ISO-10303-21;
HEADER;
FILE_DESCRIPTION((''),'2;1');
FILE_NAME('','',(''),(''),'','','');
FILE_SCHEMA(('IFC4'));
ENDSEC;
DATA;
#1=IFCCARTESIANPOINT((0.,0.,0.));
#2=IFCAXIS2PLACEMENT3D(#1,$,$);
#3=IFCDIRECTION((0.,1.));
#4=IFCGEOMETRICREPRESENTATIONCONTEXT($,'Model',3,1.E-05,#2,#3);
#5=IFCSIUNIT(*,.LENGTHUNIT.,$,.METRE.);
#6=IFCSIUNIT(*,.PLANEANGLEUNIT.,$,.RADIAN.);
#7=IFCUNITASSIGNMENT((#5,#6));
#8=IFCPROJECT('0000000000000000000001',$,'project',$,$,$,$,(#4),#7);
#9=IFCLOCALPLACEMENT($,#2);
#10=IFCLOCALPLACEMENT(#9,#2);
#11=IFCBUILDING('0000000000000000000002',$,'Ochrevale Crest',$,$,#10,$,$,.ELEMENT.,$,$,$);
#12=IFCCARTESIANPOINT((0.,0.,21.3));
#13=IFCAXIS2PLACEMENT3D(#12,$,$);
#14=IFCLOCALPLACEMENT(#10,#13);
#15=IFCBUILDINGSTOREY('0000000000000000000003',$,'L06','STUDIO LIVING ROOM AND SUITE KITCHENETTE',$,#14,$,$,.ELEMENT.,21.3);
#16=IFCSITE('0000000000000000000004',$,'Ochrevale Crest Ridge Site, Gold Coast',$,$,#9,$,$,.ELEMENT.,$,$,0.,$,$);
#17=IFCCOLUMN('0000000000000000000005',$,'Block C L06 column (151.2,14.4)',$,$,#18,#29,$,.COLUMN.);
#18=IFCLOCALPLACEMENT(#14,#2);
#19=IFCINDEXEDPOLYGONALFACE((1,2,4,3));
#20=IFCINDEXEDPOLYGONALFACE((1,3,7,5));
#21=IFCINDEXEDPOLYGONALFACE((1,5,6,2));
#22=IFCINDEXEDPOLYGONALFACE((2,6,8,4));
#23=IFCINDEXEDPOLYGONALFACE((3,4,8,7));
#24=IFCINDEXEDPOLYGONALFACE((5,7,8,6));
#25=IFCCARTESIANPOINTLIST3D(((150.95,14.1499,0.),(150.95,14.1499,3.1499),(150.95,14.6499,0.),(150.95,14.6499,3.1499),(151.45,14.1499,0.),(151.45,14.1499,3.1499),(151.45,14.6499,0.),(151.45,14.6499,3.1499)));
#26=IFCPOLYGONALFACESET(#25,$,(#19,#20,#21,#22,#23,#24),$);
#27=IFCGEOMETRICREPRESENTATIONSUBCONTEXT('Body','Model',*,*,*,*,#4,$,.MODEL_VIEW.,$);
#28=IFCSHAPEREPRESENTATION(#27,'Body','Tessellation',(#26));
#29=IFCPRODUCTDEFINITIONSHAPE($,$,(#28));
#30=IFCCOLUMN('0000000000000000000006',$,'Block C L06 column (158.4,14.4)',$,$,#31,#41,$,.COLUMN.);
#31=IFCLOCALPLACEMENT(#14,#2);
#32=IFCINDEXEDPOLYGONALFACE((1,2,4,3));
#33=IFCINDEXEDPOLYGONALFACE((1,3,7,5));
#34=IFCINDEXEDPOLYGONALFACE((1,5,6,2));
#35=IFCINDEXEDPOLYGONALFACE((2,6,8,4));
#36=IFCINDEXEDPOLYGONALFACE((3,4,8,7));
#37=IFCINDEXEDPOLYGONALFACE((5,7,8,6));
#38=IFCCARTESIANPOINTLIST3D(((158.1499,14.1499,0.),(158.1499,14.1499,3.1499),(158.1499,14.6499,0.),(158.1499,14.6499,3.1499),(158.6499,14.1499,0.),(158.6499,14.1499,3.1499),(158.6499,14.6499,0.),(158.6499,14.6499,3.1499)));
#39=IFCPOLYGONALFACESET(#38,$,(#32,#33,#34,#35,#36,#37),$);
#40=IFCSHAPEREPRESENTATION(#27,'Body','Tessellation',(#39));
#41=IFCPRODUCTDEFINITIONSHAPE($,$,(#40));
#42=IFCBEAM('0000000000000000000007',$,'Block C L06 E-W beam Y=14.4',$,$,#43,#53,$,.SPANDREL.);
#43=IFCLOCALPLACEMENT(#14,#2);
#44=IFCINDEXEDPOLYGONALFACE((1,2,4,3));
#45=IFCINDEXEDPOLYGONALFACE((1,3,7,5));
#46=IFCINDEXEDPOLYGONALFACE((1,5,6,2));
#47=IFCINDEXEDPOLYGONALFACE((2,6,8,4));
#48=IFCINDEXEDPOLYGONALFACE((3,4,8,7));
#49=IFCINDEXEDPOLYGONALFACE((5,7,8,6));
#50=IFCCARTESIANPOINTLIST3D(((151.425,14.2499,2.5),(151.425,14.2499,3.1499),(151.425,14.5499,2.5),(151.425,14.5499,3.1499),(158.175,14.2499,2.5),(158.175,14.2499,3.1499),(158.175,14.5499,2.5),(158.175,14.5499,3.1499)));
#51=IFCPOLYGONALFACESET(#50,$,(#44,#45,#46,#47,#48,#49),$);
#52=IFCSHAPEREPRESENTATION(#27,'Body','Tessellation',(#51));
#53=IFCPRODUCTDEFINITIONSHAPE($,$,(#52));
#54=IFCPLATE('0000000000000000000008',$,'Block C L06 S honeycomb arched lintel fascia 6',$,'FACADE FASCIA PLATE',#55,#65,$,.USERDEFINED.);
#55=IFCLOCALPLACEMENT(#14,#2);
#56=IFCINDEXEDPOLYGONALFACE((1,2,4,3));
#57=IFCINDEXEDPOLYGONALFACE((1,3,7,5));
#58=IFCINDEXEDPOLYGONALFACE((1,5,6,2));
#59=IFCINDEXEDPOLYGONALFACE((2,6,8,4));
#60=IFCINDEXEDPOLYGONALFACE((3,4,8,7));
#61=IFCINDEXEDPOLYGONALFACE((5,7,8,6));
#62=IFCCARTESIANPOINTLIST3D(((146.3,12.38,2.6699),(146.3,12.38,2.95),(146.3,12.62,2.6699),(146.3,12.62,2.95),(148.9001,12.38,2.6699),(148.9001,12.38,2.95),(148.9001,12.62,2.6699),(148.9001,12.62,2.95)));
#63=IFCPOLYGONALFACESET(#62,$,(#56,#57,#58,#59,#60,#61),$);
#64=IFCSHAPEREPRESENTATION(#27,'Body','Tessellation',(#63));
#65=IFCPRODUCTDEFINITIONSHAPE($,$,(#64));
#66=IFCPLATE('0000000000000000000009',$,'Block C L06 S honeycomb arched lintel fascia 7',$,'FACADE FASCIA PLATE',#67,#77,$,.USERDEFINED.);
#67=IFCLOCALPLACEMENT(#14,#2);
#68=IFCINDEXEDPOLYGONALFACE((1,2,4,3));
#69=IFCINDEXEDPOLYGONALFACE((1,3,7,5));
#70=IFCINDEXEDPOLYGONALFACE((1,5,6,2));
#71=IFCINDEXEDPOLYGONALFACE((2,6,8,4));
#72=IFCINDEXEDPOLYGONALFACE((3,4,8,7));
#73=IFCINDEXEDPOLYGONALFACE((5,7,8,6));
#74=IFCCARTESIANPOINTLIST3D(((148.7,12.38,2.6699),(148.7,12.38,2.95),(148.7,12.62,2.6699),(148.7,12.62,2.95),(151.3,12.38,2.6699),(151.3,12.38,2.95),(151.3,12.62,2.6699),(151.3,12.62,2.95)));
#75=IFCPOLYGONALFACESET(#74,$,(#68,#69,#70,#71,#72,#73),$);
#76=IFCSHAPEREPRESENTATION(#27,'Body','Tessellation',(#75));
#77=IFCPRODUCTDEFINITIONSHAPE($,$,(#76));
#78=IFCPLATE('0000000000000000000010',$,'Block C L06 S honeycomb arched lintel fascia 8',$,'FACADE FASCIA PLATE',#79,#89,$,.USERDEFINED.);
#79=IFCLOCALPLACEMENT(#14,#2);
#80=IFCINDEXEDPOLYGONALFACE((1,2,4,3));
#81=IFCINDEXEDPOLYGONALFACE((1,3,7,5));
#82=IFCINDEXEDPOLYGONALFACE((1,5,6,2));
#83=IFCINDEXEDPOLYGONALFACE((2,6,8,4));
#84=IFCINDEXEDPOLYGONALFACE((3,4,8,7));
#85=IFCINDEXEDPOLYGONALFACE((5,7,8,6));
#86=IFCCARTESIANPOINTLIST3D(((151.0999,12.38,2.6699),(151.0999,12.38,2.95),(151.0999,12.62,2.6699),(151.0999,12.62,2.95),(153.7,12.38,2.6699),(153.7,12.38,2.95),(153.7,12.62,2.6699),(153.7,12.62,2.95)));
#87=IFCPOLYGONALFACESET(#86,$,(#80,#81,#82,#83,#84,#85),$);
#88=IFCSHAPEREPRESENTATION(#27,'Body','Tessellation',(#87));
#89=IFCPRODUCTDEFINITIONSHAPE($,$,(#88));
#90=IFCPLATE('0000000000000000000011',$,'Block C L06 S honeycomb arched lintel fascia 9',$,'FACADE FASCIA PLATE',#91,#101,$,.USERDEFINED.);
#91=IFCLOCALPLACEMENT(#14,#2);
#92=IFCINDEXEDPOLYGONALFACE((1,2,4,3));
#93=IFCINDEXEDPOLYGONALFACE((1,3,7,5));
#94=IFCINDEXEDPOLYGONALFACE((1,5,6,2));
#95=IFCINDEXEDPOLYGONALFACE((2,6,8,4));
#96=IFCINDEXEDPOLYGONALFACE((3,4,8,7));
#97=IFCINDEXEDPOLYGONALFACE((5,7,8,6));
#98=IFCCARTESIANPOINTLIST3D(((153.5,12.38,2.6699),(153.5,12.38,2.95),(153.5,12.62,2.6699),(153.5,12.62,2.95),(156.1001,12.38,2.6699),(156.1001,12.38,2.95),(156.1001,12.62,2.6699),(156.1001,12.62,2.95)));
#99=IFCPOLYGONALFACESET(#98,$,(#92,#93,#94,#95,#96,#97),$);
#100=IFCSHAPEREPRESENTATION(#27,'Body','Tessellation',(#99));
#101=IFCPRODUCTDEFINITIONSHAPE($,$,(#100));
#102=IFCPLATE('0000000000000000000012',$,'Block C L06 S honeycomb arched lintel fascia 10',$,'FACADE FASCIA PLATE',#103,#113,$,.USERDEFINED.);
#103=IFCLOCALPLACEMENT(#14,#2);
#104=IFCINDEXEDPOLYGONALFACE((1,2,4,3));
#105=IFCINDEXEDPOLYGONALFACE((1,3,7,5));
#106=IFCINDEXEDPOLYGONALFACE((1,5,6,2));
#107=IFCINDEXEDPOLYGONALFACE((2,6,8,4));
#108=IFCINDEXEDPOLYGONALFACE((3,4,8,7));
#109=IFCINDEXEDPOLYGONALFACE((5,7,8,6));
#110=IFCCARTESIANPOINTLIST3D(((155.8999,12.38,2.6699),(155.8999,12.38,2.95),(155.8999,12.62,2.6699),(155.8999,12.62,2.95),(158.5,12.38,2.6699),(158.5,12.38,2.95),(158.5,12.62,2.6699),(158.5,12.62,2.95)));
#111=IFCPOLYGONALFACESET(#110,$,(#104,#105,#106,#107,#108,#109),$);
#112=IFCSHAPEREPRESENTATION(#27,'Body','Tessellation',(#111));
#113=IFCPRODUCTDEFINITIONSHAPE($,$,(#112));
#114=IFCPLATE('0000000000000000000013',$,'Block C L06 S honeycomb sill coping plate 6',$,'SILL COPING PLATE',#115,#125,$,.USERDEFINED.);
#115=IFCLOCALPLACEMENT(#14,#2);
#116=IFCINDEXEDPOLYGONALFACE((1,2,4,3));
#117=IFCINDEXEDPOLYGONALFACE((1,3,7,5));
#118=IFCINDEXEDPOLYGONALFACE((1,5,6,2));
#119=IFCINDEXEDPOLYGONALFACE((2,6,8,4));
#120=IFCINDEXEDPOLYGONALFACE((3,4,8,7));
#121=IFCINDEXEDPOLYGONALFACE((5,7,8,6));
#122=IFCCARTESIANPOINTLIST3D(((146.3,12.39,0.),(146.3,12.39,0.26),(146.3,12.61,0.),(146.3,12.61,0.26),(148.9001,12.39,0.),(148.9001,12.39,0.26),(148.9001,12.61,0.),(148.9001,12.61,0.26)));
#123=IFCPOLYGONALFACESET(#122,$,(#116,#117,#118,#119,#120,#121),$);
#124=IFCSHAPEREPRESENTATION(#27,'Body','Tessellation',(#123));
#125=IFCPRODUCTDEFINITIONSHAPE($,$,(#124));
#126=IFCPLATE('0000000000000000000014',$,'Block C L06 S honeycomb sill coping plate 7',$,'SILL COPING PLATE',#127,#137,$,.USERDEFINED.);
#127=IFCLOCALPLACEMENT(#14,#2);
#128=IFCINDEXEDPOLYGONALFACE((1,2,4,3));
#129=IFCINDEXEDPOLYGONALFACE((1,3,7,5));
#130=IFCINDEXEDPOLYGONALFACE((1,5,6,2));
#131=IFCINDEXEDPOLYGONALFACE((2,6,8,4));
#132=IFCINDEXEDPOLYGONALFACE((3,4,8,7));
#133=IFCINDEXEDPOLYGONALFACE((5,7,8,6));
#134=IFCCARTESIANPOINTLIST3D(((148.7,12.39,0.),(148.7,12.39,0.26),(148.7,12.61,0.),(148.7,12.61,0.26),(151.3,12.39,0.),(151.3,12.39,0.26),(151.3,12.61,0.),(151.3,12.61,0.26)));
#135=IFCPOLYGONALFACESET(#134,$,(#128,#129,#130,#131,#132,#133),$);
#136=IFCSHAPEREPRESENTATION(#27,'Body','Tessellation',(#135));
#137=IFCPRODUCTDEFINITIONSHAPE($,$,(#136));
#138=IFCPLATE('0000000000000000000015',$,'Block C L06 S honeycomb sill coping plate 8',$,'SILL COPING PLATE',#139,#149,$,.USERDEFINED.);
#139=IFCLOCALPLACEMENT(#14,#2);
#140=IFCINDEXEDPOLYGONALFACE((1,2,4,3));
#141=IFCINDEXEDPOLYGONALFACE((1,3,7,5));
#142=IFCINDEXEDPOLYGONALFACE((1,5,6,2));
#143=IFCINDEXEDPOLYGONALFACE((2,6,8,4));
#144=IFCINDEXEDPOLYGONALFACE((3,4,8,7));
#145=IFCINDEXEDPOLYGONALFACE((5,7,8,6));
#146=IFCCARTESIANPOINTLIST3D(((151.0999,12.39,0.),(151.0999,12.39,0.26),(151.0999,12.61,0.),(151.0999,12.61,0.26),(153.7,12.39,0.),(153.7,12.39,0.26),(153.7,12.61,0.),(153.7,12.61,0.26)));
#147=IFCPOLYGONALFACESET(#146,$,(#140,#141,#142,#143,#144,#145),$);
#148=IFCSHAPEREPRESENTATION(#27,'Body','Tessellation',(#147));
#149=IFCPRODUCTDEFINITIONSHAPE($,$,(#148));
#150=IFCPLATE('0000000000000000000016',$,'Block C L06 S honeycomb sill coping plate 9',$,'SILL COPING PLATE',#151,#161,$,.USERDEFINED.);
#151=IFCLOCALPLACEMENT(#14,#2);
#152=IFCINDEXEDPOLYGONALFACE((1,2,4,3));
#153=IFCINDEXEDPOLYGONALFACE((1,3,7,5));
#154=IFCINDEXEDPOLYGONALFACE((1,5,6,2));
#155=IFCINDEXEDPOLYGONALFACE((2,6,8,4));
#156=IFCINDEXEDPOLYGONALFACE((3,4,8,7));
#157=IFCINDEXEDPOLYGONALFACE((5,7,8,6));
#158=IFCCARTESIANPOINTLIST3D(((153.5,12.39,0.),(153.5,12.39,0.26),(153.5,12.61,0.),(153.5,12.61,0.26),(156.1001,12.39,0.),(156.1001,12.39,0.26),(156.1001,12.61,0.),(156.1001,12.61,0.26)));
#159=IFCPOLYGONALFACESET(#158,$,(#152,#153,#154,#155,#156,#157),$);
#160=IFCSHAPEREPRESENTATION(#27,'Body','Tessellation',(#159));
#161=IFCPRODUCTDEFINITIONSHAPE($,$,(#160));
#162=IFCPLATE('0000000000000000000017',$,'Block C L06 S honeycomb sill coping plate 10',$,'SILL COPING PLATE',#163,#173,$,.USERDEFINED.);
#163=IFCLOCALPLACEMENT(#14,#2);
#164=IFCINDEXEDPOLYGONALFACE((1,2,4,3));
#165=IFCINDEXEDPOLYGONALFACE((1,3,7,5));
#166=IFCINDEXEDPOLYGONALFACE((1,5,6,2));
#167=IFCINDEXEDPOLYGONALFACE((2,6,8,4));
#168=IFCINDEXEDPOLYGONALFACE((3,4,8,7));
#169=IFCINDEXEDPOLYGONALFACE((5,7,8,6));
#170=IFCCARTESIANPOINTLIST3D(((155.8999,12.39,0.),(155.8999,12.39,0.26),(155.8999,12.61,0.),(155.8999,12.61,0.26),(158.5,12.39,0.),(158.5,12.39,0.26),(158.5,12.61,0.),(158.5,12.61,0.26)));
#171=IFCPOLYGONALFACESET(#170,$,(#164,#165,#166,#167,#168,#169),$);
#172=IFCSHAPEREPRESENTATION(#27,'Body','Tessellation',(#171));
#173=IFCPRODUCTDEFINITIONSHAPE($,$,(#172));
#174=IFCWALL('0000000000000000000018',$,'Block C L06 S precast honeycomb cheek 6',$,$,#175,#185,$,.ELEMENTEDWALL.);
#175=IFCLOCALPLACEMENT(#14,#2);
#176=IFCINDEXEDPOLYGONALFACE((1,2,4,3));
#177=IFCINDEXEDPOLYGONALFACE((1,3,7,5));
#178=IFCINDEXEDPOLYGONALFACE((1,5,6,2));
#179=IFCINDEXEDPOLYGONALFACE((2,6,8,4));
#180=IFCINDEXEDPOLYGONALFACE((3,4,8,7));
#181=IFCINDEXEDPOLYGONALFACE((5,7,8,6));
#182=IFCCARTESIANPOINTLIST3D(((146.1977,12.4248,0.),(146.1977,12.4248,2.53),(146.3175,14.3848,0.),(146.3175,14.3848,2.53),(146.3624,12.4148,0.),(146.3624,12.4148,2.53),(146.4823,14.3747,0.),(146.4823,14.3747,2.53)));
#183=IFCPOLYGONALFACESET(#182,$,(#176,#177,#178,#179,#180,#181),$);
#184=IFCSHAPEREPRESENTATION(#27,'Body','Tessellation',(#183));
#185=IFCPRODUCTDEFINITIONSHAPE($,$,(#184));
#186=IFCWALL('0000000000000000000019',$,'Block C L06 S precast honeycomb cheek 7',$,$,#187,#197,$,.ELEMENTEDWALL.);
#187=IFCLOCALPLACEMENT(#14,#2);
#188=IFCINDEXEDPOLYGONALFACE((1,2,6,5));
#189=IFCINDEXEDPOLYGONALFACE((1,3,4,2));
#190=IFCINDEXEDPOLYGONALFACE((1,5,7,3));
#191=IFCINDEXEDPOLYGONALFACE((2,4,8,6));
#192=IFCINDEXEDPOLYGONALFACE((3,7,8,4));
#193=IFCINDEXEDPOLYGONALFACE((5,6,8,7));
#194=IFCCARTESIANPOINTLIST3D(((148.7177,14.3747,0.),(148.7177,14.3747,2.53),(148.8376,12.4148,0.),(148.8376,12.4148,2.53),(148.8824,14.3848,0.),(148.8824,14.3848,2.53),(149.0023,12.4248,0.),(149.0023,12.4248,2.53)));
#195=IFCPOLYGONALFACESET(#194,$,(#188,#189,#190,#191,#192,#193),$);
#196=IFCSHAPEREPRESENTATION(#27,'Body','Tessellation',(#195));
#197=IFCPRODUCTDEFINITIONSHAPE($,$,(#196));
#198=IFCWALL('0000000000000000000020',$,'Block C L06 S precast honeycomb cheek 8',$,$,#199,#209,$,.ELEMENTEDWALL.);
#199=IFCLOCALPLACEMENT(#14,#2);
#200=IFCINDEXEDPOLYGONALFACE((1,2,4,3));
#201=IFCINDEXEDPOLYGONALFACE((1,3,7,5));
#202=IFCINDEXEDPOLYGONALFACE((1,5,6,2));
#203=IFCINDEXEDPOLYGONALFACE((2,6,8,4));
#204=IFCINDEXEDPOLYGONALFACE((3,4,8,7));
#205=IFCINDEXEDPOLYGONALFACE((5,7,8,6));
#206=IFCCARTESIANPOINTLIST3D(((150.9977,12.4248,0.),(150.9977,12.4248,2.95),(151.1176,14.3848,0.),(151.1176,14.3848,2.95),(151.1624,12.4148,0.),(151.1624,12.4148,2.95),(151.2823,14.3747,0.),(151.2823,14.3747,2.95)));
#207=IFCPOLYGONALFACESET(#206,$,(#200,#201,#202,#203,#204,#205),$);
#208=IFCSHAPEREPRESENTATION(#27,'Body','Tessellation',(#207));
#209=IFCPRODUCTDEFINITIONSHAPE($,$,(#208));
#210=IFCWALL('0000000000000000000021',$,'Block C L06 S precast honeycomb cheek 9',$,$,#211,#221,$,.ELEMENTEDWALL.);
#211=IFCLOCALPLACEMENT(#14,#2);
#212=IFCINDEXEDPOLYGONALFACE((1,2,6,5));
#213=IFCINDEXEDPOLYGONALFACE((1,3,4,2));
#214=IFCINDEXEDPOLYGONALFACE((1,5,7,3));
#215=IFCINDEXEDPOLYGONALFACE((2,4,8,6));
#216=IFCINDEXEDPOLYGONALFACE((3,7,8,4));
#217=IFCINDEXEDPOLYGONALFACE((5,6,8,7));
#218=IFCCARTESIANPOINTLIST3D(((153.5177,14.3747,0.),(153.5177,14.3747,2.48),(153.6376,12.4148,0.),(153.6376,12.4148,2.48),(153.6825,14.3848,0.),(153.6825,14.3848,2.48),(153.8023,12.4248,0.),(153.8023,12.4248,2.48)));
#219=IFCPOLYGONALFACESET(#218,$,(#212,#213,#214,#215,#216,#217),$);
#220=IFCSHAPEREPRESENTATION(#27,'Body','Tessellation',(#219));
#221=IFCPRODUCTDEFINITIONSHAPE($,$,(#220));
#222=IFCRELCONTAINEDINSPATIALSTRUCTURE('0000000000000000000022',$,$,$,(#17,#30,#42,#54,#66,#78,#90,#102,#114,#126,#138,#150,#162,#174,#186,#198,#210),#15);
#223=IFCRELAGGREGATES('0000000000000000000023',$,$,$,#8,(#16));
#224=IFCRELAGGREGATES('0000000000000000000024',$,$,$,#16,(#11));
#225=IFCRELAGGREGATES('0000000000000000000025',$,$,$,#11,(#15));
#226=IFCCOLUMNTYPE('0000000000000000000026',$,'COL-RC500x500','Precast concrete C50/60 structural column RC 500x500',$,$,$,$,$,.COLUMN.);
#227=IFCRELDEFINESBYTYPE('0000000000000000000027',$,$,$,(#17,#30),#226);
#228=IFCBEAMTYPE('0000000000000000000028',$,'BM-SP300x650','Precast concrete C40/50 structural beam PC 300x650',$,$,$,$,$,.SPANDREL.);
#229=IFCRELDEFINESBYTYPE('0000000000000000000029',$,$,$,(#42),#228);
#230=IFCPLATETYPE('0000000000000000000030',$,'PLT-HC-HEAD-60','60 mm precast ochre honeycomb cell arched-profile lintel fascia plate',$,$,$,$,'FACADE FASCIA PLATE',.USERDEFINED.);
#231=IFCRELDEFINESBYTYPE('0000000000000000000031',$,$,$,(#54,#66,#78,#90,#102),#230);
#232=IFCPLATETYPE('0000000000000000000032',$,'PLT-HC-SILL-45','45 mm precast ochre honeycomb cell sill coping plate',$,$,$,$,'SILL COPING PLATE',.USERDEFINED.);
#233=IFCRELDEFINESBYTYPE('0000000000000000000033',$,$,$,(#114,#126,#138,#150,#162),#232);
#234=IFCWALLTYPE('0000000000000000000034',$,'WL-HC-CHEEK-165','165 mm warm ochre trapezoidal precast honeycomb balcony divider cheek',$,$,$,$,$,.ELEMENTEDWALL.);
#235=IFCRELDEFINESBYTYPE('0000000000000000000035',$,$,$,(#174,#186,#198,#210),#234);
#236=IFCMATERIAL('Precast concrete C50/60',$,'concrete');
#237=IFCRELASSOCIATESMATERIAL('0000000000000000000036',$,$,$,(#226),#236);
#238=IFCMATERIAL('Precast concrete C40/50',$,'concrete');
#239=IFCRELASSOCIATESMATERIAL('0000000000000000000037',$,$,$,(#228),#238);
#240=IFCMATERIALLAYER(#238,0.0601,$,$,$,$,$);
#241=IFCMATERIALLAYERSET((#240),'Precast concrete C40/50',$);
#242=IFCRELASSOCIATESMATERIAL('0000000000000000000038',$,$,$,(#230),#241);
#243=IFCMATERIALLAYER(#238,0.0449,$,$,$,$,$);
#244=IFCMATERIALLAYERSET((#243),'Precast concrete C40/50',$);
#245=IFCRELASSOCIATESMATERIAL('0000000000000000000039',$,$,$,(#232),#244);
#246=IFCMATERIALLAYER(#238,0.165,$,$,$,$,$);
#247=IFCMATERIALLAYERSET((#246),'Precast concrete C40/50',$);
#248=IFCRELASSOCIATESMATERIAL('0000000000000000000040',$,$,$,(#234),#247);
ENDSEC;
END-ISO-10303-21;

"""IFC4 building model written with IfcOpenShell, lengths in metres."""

from ifc_helpers import new_model, si_unit, direction, frame, frame_2d, origin, origin_2d, place, context, subcontext, project, spatial, rectangle, extrude, material, layer, layer_set, material_profile, profile_set, type_object, element, save


model = new_model("IFC4")

# Units and contexts
model_context = context("Model", 3, precision=1e-05, world=origin(), true_north=direction((0.0, 1.0)))
body_context = subcontext(model_context, "Body", "Model", "MODEL_VIEW")
ifc_project = project(units=[si_unit("LENGTHUNIT", "METRE"), si_unit("PLANEANGLEUNIT", "RADIAN")], contexts=[model_context])

# Site, building, storey
site_placement = place(None, origin())
site = spatial("IfcSite", under=ifc_project, at=site_placement, Name="Ochrevale Crest Ridge Site, Gold Coast", CompositionType="ELEMENT", RefElevation=0.0)
building_placement = place(site_placement, origin())
building = spatial("IfcBuilding", under=site, at=building_placement, Name="Ochrevale Crest", CompositionType="ELEMENT")
storey_placement = place(building_placement, frame((0.0, 0.0, 21.3)))
storey = spatial("IfcBuildingStorey", under=building, at=storey_placement, Name="L06", Description="STUDIO LIVING ROOM AND SUITE KITCHENETTE", CompositionType="ELEMENT", Elevation=21.3)

# Columns
ifc_material_1 = material(Name="Precast concrete C50/60", Category="concrete")
ifc_material_profile_1 = material_profile(ifc_material_1, rectangle(XDim=0.5, YDim=0.5, at=origin_2d()), Name="RC 500x500")
ifc_profile_set_1 = profile_set([ifc_material_profile_1], Name="Precast concrete C50/60")
column_type = type_object("IfcColumnType", Name="COL-RC500x500", Description="Precast concrete C50/60 structural column RC 500x500", PredefinedType="COLUMN", material=ifc_profile_set_1)
for number, where, z_axis, x_axis, name in (
    (1, (151.2, 14.3999, 0.0), (0.0, 0.0, 1.0), (1.0, 0.0, 0.0), "Block C L06 column (151.2,14.4)"),
    (2, (158.3999, 14.3999, 0.0), (0.0, 0.0, 1.0), (1.0, 0.0, 0.0), "Block C L06 column (158.4,14.4)"),
):
    element("IfcColumn", number, at=place(storey_placement, frame(where, z_axis=z_axis, x_axis=x_axis)), inside=storey, type_object=column_type, Name=name, PredefinedType="COLUMN", context=body_context, shape_type="SweptSolid", body=[
        extrude(rectangle(XDim=0.5, YDim=0.5, at=origin_2d()), origin(), (0.0, 0.0, 1.0), 3.1499),
    ])

# Beam
ifc_material_2 = material(Name="Precast concrete C40/50", Category="concrete")
ifc_material_profile_2 = material_profile(ifc_material_2, rectangle(XDim=0.3, YDim=0.6499, at=origin_2d()), Name="PC 300x650")
ifc_profile_set_2 = profile_set([ifc_material_profile_2], Name="Precast concrete C40/50")
beam_type = type_object("IfcBeamType", Name="BM-SP300x650", Description="Precast concrete C40/50 structural beam PC 300x650", PredefinedType="SPANDREL", material=ifc_profile_set_2)
beam_placement = place(storey_placement, frame((151.425, 14.3999, 2.825), z_axis=(1.0, 0.0, 0.0), x_axis=(0.0, 1.0, 0.0)))
element("IfcBeam", 3, at=beam_placement, inside=storey, type_object=beam_type, Name="Block C L06 E-W beam Y=14.4", PredefinedType="SPANDREL", context=body_context, shape_type="SweptSolid", body=[
    extrude(rectangle(XDim=0.3, YDim=0.6499, at=origin_2d()), origin(), (0.0, 0.0, 1.0), 6.75),
])

# Plates
ifc_layer_1 = layer(ifc_material_2, 0.0601)
ifc_layer_set_1 = layer_set([ifc_layer_1], Name="Precast concrete C40/50")
plate_type_1 = type_object("IfcPlateType", Name="PLT-HC-HEAD-60", Description="60 mm precast ochre honeycomb cell arched-profile lintel fascia plate", ElementType="FACADE FASCIA PLATE", PredefinedType="USERDEFINED", material=ifc_layer_set_1)
for number, where, z_axis, x_axis, name in (
    (4, (147.6001, 12.5, 2.6699), (0.0, 0.0, 1.0), (1.0, 0.0, 0.0), "Block C L06 S honeycomb arched lintel fascia 6"),
    (5, (150.0, 12.5, 2.6699), (0.0, 0.0, 1.0), (1.0, 0.0, 0.0), "Block C L06 S honeycomb arched lintel fascia 7"),
    (6, (152.3999, 12.5, 2.6699), (0.0, 0.0, 1.0), (1.0, 0.0, 0.0), "Block C L06 S honeycomb arched lintel fascia 8"),
    (7, (154.8, 12.5, 2.6699), (0.0, 0.0, 1.0), (1.0, 0.0, 0.0), "Block C L06 S honeycomb arched lintel fascia 9"),
    (8, (157.2, 12.5, 2.6699), (0.0, 0.0, 1.0), (1.0, 0.0, 0.0), "Block C L06 S honeycomb arched lintel fascia 10"),
):
    element("IfcPlate", number, at=place(storey_placement, frame(where, z_axis=z_axis, x_axis=x_axis)), inside=storey, type_object=plate_type_1, Name=name, ObjectType="FACADE FASCIA PLATE", PredefinedType="USERDEFINED", context=body_context, shape_type="SweptSolid", body=[
        extrude(rectangle(XDim=2.6001, YDim=0.24, at=origin_2d()), origin(), (0.0, 0.0, 1.0), 0.28),
    ])
ifc_layer_2 = layer(ifc_material_2, 0.0449)
ifc_layer_set_2 = layer_set([ifc_layer_2], Name="Precast concrete C40/50")
plate_type_2 = type_object("IfcPlateType", Name="PLT-HC-SILL-45", Description="45 mm precast ochre honeycomb cell sill coping plate", ElementType="SILL COPING PLATE", PredefinedType="USERDEFINED", material=ifc_layer_set_2)
for number, where, z_axis, x_axis, name in (
    (9, (147.6001, 12.5, 0.0), (0.0, 0.0, 1.0), (1.0, 0.0, 0.0), "Block C L06 S honeycomb sill coping plate 6"),
    (10, (150.0, 12.5, 0.0), (0.0, 0.0, 1.0), (1.0, 0.0, 0.0), "Block C L06 S honeycomb sill coping plate 7"),
    (11, (152.3999, 12.5, 0.0), (0.0, 0.0, 1.0), (1.0, 0.0, 0.0), "Block C L06 S honeycomb sill coping plate 8"),
    (12, (154.8, 12.5, 0.0), (0.0, 0.0, 1.0), (1.0, 0.0, 0.0), "Block C L06 S honeycomb sill coping plate 9"),
    (13, (157.2, 12.5, 0.0), (0.0, 0.0, 1.0), (1.0, 0.0, 0.0), "Block C L06 S honeycomb sill coping plate 10"),
):
    element("IfcPlate", number, at=place(storey_placement, frame(where, z_axis=z_axis, x_axis=x_axis)), inside=storey, type_object=plate_type_2, Name=name, ObjectType="SILL COPING PLATE", PredefinedType="USERDEFINED", context=body_context, shape_type="SweptSolid", body=[
        extrude(rectangle(XDim=2.6001, YDim=0.22, at=origin_2d()), origin(), (0.0, 0.0, 1.0), 0.26),
    ])

# Walls
ifc_layer_3 = layer(ifc_material_2, 0.165)
ifc_layer_set_3 = layer_set([ifc_layer_3], Name="Precast concrete C40/50")
wall_type = type_object("IfcWallType", Name="WL-HC-CHEEK-165", Description="165 mm warm ochre trapezoidal precast honeycomb balcony divider cheek", PredefinedType="ELEMENTEDWALL", material=ifc_layer_set_3)
for number, where, z_axis, x_axis, name in (
    (14, (146.3999, 14.3799, 0.0), (0.0, 0.0, 1.0), (-0.061047, -0.998135, 0.0), "Block C L06 S precast honeycomb cheek 6"),
    (15, (148.8, 14.3799, 0.0), (0.0, 0.0, 1.0), (0.061047, -0.998135, 0.0), "Block C L06 S precast honeycomb cheek 7"),
):
    element("IfcWall", number, at=place(storey_placement, frame(where, z_axis=z_axis, x_axis=x_axis)), inside=storey, type_object=wall_type, Name=name, PredefinedType="ELEMENTEDWALL", context=body_context, shape_type="SweptSolid", body=[
        extrude(rectangle(XDim=1.9636, YDim=0.165, at=frame_2d((0.9819, 0.0))), origin(), (0.0, 0.0, 1.0), 2.53),
    ])
wall_1_placement = place(storey_placement, frame((151.2, 14.3799, 0.0), z_axis=(0.0, 0.0, 1.0), x_axis=(-0.061047, -0.998135, 0.0)))
element("IfcWall", 16, at=wall_1_placement, inside=storey, type_object=wall_type, Name="Block C L06 S precast honeycomb cheek 8", PredefinedType="ELEMENTEDWALL", context=body_context, shape_type="SweptSolid", body=[
    extrude(rectangle(XDim=1.9636, YDim=0.165, at=frame_2d((0.9819, 0.0))), origin(), (0.0, 0.0, 1.0), 2.95),
])
for number, where, z_axis, x_axis, name in (
    (17, (153.6001, 14.3799, 0.0), (0.0, 0.0, 1.0), (0.061047, -0.998135, 0.0), "Block C L06 S precast honeycomb cheek 9"),
):
    element("IfcWall", number, at=place(storey_placement, frame(where, z_axis=z_axis, x_axis=x_axis)), inside=storey, type_object=wall_type, Name=name, PredefinedType="ELEMENTEDWALL", context=body_context, shape_type="SweptSolid", body=[
        extrude(rectangle(XDim=1.9636, YDim=0.165, at=frame_2d((0.9819, 0.0))), origin(), (0.0, 0.0, 1.0), 2.48),
    ])

save(model, "model.ifc")
